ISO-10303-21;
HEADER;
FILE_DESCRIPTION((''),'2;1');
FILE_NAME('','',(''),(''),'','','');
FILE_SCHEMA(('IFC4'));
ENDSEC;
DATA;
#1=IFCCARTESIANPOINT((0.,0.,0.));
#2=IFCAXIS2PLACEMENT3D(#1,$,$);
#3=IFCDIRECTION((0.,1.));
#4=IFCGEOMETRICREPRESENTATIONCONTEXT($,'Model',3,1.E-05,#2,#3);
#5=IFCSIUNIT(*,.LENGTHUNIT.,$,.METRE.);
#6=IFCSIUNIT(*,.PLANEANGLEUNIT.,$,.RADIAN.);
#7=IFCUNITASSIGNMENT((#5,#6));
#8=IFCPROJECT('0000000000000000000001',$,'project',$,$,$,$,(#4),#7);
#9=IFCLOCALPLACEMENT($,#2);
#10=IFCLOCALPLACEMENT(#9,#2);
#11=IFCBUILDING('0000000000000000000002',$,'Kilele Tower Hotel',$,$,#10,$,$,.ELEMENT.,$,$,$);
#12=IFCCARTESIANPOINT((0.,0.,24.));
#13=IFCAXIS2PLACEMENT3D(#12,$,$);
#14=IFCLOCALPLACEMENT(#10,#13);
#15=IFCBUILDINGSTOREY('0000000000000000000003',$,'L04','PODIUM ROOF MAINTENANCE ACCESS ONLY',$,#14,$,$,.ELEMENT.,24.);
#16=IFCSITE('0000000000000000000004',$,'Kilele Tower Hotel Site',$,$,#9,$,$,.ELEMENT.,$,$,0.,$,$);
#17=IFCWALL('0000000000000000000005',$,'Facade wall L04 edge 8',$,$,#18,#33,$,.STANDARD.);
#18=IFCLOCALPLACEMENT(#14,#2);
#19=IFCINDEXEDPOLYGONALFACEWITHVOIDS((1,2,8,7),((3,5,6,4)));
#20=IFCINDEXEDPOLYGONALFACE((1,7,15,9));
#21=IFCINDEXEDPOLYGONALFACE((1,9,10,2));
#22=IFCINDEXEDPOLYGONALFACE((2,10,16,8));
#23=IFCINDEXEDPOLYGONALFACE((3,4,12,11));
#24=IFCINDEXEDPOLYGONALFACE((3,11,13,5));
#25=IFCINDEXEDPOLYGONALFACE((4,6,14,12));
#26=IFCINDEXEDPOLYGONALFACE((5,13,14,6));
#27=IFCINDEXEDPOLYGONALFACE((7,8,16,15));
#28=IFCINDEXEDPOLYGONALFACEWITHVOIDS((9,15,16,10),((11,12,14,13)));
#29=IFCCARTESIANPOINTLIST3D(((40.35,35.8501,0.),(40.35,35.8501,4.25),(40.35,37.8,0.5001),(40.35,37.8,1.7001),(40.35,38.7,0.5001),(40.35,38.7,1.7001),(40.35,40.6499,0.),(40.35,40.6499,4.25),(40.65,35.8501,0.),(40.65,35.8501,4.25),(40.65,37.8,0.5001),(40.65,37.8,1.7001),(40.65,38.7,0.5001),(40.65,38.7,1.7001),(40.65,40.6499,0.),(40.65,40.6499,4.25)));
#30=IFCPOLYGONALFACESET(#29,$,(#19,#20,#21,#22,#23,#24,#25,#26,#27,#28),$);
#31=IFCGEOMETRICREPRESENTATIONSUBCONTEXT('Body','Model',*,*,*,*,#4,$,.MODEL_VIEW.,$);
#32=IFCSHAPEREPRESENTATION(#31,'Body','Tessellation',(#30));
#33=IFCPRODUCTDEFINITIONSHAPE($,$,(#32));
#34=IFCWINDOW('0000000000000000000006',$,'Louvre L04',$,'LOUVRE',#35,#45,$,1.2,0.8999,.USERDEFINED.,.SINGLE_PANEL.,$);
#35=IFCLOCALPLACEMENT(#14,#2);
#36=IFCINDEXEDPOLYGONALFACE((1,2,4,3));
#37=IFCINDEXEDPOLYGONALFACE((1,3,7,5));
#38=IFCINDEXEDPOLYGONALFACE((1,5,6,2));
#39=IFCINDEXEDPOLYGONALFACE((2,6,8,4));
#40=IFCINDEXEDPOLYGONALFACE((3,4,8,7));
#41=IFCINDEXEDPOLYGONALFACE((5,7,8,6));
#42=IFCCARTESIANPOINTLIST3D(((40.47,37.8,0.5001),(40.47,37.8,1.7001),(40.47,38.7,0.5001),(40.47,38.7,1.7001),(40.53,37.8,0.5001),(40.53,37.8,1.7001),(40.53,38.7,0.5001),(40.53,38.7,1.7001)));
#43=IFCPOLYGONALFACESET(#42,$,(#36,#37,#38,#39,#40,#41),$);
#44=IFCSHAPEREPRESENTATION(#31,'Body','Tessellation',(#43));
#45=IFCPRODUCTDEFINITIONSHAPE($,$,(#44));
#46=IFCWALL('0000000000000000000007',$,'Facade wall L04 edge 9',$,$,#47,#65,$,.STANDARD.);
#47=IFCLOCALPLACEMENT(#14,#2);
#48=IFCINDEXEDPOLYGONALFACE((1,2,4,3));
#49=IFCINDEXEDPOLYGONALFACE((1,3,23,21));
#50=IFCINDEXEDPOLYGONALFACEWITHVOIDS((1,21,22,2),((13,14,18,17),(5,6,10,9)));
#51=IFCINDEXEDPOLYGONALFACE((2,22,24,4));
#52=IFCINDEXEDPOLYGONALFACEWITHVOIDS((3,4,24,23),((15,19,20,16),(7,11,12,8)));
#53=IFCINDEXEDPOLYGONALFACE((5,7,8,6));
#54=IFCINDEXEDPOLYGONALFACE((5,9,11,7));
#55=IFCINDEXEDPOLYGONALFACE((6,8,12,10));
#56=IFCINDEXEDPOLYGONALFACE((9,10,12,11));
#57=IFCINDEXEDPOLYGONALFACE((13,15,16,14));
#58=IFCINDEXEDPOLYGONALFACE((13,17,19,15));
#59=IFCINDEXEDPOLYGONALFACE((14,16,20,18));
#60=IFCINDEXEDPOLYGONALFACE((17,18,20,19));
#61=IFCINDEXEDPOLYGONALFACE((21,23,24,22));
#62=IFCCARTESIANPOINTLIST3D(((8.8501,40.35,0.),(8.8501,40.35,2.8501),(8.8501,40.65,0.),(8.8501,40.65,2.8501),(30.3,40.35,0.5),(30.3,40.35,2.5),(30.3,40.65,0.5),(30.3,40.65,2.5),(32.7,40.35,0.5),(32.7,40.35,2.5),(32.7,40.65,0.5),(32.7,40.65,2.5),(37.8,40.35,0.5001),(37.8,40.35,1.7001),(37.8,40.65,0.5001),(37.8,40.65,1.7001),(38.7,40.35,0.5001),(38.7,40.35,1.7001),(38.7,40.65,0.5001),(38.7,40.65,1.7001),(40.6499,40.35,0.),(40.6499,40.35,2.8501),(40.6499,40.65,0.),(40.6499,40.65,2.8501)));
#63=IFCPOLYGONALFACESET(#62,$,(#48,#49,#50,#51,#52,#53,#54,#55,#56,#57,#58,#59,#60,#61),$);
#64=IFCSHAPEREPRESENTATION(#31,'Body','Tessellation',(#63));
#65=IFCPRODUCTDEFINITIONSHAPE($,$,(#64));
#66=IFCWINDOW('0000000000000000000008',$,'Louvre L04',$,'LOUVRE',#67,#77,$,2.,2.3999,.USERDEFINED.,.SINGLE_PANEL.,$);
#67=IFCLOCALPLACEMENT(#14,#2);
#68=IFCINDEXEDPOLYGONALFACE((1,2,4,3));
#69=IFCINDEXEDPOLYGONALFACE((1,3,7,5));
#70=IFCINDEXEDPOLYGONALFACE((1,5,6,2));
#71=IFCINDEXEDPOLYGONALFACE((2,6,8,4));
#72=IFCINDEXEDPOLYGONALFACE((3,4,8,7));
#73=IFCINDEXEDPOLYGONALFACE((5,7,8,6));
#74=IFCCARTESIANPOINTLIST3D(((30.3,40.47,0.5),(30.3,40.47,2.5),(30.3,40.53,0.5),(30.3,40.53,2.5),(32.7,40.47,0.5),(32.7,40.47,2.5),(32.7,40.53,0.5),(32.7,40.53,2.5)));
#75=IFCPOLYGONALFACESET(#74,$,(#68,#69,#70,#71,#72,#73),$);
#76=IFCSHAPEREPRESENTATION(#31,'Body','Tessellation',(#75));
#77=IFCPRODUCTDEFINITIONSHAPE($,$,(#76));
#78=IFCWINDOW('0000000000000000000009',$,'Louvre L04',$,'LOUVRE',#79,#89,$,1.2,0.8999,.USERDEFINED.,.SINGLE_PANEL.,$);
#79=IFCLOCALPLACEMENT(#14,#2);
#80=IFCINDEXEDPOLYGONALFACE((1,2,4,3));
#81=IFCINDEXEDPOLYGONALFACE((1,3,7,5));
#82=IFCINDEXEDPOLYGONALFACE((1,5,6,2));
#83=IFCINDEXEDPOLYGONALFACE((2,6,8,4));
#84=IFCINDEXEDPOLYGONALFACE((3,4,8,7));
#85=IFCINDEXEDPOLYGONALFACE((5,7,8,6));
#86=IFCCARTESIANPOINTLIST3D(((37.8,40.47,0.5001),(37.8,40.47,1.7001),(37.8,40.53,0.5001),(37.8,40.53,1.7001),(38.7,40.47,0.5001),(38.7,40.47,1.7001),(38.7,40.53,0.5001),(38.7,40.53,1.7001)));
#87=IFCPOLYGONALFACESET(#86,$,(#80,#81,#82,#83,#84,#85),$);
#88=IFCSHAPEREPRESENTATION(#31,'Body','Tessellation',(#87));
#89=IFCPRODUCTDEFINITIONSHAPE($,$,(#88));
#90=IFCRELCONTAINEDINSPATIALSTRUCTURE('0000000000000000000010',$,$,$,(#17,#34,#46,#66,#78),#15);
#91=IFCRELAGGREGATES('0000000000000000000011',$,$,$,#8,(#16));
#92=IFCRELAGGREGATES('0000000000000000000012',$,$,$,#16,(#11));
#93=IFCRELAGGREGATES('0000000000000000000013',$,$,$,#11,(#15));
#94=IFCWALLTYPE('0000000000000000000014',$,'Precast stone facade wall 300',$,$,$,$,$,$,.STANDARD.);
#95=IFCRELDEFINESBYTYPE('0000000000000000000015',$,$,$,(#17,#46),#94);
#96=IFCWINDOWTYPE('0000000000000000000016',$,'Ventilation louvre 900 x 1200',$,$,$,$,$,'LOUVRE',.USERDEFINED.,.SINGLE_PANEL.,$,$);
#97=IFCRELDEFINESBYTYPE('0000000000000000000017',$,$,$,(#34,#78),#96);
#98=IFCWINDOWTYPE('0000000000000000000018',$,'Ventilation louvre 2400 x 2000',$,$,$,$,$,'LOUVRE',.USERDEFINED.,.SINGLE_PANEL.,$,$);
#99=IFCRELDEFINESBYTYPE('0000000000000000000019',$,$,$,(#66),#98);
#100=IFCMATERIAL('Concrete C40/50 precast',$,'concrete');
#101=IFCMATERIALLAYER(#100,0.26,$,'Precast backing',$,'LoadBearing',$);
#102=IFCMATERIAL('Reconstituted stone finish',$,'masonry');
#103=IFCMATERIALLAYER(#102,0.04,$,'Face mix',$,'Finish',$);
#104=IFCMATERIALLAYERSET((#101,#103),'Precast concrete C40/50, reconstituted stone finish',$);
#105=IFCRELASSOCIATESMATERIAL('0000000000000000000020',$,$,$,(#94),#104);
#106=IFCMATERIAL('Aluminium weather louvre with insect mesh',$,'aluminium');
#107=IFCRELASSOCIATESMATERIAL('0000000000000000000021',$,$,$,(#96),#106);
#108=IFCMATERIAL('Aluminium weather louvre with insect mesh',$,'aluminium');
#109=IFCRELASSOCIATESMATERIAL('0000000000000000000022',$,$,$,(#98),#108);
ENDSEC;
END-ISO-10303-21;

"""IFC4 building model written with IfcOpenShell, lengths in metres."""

from ifc_helpers import new_model, si_unit, direction, frame, frame_2d, origin, place, context, subcontext, project, spatial, rectangle, extrude, material, layer, layer_set, type_object, element, fill, save


model = new_model("IFC4")

# Units and contexts
model_context = context("Model", 3, precision=1e-05, world=origin(), true_north=direction((0.0, 1.0)))
body_context = subcontext(model_context, "Body", "Model", "MODEL_VIEW")
ifc_project = project(units=[si_unit("LENGTHUNIT", "METRE"), si_unit("PLANEANGLEUNIT", "RADIAN")], contexts=[model_context])

# Site, building, storey
site_placement = place(None, origin())
site = spatial("IfcSite", under=ifc_project, at=site_placement, Name="Kilele Tower Hotel Site", CompositionType="ELEMENT", RefElevation=0.0)
building_placement = place(site_placement, origin())
building = spatial("IfcBuilding", under=site, at=building_placement, Name="Kilele Tower Hotel", CompositionType="ELEMENT")
storey_placement = place(building_placement, frame((0.0, 0.0, 24.0)))
storey = spatial("IfcBuildingStorey", under=building, at=storey_placement, Name="L04", Description="PODIUM ROOF MAINTENANCE ACCESS ONLY", CompositionType="ELEMENT", Elevation=24.0)

# Wall, opening, window
ifc_material_1 = material(Name="Concrete C40/50 precast", Category="concrete")
ifc_layer_1 = layer(ifc_material_1, 0.26, Name="Precast backing", Category="LoadBearing")
ifc_material_2 = material(Name="Reconstituted stone finish", Category="masonry")
ifc_layer_2 = layer(ifc_material_2, 0.04, Name="Face mix", Category="Finish")
ifc_layer_set_1 = layer_set([ifc_layer_1, ifc_layer_2], Name="Precast concrete C40/50, reconstituted stone finish")
wall_type_1 = type_object("IfcWallType", Name="Precast stone facade wall 300", PredefinedType="STANDARD", material=ifc_layer_set_1)
wall_1_placement = place(storey_placement, frame((40.5, 35.8501, 0.0), z_axis=(0.0, 0.0, 1.0), x_axis=(0.0, 1.0, 0.0)))
wall_1 = element("IfcWall", 1, at=wall_1_placement, inside=storey, type_object=wall_type_1, Name="Facade wall L04 edge 8", PredefinedType="STANDARD", context=body_context, shape_type="SweptSolid", body=[
    extrude(rectangle(XDim=4.7998, YDim=0.3, at=frame_2d((2.3999, 0.0))), origin(), (0.0, 0.0, 1.0), 4.25),
])
opening_1_placement = place(wall_1_placement, frame((1.95, 0.0, 0.5)))
opening_1 = element("IfcOpeningElement", 2, at=opening_1_placement, cuts=wall_1, PredefinedType="OPENING", context=body_context, shape_type="SweptSolid", body=[
    extrude(rectangle(XDim=0.8999, YDim=1.2, at=frame_2d((0.45, 0.6001))), frame((0.0, 0.1599, 0.0), z_axis=(0.0, -1.0, 0.0), x_axis=(1.0, 0.0, 0.0)), (0.0, 0.0, 1.0), 0.3201),
])
ifc_material_3 = material(Name="Aluminium weather louvre with insect mesh", Category="aluminium")
window_type_1 = type_object("IfcWindowType", Name="Ventilation louvre 900 x 1200", ElementType="LOUVRE", PartitioningType="SINGLE_PANEL", PredefinedType="USERDEFINED", material=ifc_material_3)
window_1_placement = place(opening_1_placement, origin())
window_1 = element("IfcWindow", 3, at=window_1_placement, inside=storey, type_object=window_type_1, Name="Louvre L04", ObjectType="LOUVRE", OverallHeight=1.2, OverallWidth=0.8999, PartitioningType="SINGLE_PANEL", PredefinedType="USERDEFINED", context=body_context, shape_type="SweptSolid", body=[
    extrude(rectangle(XDim=0.8999, YDim=1.2, at=frame_2d((0.45, 0.6001))), frame((0.0, 0.03, 0.0), z_axis=(0.0, -1.0, 0.0), x_axis=(1.0, 0.0, 0.0)), (0.0, 0.0, 1.0), 0.0601),
])
fill(opening_1, window_1)

# Wall, openings, windows
wall_2_placement = place(storey_placement, frame((40.6499, 40.5, 0.0), z_axis=(0.0, 0.0, 1.0), x_axis=(-1.0, 0.0, 0.0)))
wall_2 = element("IfcWall", 4, at=wall_2_placement, inside=storey, type_object=wall_type_1, Name="Facade wall L04 edge 9", PredefinedType="STANDARD", context=body_context, shape_type="SweptSolid", body=[
    extrude(rectangle(XDim=31.7998, YDim=0.3, at=frame_2d((15.8999, 0.0))), origin(), (0.0, 0.0, 1.0), 2.8501),
])
opening_2_placement = place(wall_2_placement, frame((1.95, 0.0, 0.5)))
opening_2 = element("IfcOpeningElement", 5, at=opening_2_placement, cuts=wall_2, PredefinedType="OPENING", context=body_context, shape_type="SweptSolid", body=[
    extrude(rectangle(XDim=0.8999, YDim=1.2, at=frame_2d((0.45, 0.6001))), frame((0.0, 0.1599, 0.0), z_axis=(0.0, -1.0, 0.0), x_axis=(1.0, 0.0, 0.0)), (0.0, 0.0, 1.0), 0.3201),
])
opening_3_placement = place(wall_2_placement, frame((7.95, 0.0, 0.5)))
opening_3 = element("IfcOpeningElement", 6, at=opening_3_placement, cuts=wall_2, PredefinedType="OPENING", context=body_context, shape_type="SweptSolid", body=[
    extrude(rectangle(XDim=2.3999, YDim=2.0, at=frame_2d((1.2, 1.0))), frame((0.0, 0.1599, 0.0), z_axis=(0.0, -1.0, 0.0), x_axis=(1.0, 0.0, 0.0)), (0.0, 0.0, 1.0), 0.3201),
])
ifc_material_4 = material(Name="Aluminium weather louvre with insect mesh", Category="aluminium")
window_type_2 = type_object("IfcWindowType", Name="Ventilation louvre 2400 x 2000", ElementType="LOUVRE", PartitioningType="SINGLE_PANEL", PredefinedType="USERDEFINED", material=ifc_material_4)
window_2_placement = place(opening_3_placement, origin())
window_2 = element("IfcWindow", 7, at=window_2_placement, inside=storey, type_object=window_type_2, Name="Louvre L04", ObjectType="LOUVRE", OverallHeight=2.0, OverallWidth=2.3999, PartitioningType="SINGLE_PANEL", PredefinedType="USERDEFINED", context=body_context, shape_type="SweptSolid", body=[
    extrude(rectangle(XDim=2.3999, YDim=2.0, at=frame_2d((1.2, 1.0))), frame((0.0, 0.03, 0.0), z_axis=(0.0, -1.0, 0.0), x_axis=(1.0, 0.0, 0.0)), (0.0, 0.0, 1.0), 0.0601),
])
fill(opening_3, window_2)
window_3_placement = place(opening_2_placement, origin())
window_3 = element("IfcWindow", 8, at=window_3_placement, inside=storey, type_object=window_type_1, Name="Louvre L04", ObjectType="LOUVRE", OverallHeight=1.2, OverallWidth=0.8999, PartitioningType="SINGLE_PANEL", PredefinedType="USERDEFINED", context=body_context, shape_type="SweptSolid", body=[
    extrude(rectangle(XDim=0.8999, YDim=1.2, at=frame_2d((0.45, 0.6001))), frame((0.0, 0.03, 0.0), z_axis=(0.0, -1.0, 0.0), x_axis=(1.0, 0.0, 0.0)), (0.0, 0.0, 1.0), 0.0601),
])
fill(opening_2, window_3)

save(model, "model.ifc")
